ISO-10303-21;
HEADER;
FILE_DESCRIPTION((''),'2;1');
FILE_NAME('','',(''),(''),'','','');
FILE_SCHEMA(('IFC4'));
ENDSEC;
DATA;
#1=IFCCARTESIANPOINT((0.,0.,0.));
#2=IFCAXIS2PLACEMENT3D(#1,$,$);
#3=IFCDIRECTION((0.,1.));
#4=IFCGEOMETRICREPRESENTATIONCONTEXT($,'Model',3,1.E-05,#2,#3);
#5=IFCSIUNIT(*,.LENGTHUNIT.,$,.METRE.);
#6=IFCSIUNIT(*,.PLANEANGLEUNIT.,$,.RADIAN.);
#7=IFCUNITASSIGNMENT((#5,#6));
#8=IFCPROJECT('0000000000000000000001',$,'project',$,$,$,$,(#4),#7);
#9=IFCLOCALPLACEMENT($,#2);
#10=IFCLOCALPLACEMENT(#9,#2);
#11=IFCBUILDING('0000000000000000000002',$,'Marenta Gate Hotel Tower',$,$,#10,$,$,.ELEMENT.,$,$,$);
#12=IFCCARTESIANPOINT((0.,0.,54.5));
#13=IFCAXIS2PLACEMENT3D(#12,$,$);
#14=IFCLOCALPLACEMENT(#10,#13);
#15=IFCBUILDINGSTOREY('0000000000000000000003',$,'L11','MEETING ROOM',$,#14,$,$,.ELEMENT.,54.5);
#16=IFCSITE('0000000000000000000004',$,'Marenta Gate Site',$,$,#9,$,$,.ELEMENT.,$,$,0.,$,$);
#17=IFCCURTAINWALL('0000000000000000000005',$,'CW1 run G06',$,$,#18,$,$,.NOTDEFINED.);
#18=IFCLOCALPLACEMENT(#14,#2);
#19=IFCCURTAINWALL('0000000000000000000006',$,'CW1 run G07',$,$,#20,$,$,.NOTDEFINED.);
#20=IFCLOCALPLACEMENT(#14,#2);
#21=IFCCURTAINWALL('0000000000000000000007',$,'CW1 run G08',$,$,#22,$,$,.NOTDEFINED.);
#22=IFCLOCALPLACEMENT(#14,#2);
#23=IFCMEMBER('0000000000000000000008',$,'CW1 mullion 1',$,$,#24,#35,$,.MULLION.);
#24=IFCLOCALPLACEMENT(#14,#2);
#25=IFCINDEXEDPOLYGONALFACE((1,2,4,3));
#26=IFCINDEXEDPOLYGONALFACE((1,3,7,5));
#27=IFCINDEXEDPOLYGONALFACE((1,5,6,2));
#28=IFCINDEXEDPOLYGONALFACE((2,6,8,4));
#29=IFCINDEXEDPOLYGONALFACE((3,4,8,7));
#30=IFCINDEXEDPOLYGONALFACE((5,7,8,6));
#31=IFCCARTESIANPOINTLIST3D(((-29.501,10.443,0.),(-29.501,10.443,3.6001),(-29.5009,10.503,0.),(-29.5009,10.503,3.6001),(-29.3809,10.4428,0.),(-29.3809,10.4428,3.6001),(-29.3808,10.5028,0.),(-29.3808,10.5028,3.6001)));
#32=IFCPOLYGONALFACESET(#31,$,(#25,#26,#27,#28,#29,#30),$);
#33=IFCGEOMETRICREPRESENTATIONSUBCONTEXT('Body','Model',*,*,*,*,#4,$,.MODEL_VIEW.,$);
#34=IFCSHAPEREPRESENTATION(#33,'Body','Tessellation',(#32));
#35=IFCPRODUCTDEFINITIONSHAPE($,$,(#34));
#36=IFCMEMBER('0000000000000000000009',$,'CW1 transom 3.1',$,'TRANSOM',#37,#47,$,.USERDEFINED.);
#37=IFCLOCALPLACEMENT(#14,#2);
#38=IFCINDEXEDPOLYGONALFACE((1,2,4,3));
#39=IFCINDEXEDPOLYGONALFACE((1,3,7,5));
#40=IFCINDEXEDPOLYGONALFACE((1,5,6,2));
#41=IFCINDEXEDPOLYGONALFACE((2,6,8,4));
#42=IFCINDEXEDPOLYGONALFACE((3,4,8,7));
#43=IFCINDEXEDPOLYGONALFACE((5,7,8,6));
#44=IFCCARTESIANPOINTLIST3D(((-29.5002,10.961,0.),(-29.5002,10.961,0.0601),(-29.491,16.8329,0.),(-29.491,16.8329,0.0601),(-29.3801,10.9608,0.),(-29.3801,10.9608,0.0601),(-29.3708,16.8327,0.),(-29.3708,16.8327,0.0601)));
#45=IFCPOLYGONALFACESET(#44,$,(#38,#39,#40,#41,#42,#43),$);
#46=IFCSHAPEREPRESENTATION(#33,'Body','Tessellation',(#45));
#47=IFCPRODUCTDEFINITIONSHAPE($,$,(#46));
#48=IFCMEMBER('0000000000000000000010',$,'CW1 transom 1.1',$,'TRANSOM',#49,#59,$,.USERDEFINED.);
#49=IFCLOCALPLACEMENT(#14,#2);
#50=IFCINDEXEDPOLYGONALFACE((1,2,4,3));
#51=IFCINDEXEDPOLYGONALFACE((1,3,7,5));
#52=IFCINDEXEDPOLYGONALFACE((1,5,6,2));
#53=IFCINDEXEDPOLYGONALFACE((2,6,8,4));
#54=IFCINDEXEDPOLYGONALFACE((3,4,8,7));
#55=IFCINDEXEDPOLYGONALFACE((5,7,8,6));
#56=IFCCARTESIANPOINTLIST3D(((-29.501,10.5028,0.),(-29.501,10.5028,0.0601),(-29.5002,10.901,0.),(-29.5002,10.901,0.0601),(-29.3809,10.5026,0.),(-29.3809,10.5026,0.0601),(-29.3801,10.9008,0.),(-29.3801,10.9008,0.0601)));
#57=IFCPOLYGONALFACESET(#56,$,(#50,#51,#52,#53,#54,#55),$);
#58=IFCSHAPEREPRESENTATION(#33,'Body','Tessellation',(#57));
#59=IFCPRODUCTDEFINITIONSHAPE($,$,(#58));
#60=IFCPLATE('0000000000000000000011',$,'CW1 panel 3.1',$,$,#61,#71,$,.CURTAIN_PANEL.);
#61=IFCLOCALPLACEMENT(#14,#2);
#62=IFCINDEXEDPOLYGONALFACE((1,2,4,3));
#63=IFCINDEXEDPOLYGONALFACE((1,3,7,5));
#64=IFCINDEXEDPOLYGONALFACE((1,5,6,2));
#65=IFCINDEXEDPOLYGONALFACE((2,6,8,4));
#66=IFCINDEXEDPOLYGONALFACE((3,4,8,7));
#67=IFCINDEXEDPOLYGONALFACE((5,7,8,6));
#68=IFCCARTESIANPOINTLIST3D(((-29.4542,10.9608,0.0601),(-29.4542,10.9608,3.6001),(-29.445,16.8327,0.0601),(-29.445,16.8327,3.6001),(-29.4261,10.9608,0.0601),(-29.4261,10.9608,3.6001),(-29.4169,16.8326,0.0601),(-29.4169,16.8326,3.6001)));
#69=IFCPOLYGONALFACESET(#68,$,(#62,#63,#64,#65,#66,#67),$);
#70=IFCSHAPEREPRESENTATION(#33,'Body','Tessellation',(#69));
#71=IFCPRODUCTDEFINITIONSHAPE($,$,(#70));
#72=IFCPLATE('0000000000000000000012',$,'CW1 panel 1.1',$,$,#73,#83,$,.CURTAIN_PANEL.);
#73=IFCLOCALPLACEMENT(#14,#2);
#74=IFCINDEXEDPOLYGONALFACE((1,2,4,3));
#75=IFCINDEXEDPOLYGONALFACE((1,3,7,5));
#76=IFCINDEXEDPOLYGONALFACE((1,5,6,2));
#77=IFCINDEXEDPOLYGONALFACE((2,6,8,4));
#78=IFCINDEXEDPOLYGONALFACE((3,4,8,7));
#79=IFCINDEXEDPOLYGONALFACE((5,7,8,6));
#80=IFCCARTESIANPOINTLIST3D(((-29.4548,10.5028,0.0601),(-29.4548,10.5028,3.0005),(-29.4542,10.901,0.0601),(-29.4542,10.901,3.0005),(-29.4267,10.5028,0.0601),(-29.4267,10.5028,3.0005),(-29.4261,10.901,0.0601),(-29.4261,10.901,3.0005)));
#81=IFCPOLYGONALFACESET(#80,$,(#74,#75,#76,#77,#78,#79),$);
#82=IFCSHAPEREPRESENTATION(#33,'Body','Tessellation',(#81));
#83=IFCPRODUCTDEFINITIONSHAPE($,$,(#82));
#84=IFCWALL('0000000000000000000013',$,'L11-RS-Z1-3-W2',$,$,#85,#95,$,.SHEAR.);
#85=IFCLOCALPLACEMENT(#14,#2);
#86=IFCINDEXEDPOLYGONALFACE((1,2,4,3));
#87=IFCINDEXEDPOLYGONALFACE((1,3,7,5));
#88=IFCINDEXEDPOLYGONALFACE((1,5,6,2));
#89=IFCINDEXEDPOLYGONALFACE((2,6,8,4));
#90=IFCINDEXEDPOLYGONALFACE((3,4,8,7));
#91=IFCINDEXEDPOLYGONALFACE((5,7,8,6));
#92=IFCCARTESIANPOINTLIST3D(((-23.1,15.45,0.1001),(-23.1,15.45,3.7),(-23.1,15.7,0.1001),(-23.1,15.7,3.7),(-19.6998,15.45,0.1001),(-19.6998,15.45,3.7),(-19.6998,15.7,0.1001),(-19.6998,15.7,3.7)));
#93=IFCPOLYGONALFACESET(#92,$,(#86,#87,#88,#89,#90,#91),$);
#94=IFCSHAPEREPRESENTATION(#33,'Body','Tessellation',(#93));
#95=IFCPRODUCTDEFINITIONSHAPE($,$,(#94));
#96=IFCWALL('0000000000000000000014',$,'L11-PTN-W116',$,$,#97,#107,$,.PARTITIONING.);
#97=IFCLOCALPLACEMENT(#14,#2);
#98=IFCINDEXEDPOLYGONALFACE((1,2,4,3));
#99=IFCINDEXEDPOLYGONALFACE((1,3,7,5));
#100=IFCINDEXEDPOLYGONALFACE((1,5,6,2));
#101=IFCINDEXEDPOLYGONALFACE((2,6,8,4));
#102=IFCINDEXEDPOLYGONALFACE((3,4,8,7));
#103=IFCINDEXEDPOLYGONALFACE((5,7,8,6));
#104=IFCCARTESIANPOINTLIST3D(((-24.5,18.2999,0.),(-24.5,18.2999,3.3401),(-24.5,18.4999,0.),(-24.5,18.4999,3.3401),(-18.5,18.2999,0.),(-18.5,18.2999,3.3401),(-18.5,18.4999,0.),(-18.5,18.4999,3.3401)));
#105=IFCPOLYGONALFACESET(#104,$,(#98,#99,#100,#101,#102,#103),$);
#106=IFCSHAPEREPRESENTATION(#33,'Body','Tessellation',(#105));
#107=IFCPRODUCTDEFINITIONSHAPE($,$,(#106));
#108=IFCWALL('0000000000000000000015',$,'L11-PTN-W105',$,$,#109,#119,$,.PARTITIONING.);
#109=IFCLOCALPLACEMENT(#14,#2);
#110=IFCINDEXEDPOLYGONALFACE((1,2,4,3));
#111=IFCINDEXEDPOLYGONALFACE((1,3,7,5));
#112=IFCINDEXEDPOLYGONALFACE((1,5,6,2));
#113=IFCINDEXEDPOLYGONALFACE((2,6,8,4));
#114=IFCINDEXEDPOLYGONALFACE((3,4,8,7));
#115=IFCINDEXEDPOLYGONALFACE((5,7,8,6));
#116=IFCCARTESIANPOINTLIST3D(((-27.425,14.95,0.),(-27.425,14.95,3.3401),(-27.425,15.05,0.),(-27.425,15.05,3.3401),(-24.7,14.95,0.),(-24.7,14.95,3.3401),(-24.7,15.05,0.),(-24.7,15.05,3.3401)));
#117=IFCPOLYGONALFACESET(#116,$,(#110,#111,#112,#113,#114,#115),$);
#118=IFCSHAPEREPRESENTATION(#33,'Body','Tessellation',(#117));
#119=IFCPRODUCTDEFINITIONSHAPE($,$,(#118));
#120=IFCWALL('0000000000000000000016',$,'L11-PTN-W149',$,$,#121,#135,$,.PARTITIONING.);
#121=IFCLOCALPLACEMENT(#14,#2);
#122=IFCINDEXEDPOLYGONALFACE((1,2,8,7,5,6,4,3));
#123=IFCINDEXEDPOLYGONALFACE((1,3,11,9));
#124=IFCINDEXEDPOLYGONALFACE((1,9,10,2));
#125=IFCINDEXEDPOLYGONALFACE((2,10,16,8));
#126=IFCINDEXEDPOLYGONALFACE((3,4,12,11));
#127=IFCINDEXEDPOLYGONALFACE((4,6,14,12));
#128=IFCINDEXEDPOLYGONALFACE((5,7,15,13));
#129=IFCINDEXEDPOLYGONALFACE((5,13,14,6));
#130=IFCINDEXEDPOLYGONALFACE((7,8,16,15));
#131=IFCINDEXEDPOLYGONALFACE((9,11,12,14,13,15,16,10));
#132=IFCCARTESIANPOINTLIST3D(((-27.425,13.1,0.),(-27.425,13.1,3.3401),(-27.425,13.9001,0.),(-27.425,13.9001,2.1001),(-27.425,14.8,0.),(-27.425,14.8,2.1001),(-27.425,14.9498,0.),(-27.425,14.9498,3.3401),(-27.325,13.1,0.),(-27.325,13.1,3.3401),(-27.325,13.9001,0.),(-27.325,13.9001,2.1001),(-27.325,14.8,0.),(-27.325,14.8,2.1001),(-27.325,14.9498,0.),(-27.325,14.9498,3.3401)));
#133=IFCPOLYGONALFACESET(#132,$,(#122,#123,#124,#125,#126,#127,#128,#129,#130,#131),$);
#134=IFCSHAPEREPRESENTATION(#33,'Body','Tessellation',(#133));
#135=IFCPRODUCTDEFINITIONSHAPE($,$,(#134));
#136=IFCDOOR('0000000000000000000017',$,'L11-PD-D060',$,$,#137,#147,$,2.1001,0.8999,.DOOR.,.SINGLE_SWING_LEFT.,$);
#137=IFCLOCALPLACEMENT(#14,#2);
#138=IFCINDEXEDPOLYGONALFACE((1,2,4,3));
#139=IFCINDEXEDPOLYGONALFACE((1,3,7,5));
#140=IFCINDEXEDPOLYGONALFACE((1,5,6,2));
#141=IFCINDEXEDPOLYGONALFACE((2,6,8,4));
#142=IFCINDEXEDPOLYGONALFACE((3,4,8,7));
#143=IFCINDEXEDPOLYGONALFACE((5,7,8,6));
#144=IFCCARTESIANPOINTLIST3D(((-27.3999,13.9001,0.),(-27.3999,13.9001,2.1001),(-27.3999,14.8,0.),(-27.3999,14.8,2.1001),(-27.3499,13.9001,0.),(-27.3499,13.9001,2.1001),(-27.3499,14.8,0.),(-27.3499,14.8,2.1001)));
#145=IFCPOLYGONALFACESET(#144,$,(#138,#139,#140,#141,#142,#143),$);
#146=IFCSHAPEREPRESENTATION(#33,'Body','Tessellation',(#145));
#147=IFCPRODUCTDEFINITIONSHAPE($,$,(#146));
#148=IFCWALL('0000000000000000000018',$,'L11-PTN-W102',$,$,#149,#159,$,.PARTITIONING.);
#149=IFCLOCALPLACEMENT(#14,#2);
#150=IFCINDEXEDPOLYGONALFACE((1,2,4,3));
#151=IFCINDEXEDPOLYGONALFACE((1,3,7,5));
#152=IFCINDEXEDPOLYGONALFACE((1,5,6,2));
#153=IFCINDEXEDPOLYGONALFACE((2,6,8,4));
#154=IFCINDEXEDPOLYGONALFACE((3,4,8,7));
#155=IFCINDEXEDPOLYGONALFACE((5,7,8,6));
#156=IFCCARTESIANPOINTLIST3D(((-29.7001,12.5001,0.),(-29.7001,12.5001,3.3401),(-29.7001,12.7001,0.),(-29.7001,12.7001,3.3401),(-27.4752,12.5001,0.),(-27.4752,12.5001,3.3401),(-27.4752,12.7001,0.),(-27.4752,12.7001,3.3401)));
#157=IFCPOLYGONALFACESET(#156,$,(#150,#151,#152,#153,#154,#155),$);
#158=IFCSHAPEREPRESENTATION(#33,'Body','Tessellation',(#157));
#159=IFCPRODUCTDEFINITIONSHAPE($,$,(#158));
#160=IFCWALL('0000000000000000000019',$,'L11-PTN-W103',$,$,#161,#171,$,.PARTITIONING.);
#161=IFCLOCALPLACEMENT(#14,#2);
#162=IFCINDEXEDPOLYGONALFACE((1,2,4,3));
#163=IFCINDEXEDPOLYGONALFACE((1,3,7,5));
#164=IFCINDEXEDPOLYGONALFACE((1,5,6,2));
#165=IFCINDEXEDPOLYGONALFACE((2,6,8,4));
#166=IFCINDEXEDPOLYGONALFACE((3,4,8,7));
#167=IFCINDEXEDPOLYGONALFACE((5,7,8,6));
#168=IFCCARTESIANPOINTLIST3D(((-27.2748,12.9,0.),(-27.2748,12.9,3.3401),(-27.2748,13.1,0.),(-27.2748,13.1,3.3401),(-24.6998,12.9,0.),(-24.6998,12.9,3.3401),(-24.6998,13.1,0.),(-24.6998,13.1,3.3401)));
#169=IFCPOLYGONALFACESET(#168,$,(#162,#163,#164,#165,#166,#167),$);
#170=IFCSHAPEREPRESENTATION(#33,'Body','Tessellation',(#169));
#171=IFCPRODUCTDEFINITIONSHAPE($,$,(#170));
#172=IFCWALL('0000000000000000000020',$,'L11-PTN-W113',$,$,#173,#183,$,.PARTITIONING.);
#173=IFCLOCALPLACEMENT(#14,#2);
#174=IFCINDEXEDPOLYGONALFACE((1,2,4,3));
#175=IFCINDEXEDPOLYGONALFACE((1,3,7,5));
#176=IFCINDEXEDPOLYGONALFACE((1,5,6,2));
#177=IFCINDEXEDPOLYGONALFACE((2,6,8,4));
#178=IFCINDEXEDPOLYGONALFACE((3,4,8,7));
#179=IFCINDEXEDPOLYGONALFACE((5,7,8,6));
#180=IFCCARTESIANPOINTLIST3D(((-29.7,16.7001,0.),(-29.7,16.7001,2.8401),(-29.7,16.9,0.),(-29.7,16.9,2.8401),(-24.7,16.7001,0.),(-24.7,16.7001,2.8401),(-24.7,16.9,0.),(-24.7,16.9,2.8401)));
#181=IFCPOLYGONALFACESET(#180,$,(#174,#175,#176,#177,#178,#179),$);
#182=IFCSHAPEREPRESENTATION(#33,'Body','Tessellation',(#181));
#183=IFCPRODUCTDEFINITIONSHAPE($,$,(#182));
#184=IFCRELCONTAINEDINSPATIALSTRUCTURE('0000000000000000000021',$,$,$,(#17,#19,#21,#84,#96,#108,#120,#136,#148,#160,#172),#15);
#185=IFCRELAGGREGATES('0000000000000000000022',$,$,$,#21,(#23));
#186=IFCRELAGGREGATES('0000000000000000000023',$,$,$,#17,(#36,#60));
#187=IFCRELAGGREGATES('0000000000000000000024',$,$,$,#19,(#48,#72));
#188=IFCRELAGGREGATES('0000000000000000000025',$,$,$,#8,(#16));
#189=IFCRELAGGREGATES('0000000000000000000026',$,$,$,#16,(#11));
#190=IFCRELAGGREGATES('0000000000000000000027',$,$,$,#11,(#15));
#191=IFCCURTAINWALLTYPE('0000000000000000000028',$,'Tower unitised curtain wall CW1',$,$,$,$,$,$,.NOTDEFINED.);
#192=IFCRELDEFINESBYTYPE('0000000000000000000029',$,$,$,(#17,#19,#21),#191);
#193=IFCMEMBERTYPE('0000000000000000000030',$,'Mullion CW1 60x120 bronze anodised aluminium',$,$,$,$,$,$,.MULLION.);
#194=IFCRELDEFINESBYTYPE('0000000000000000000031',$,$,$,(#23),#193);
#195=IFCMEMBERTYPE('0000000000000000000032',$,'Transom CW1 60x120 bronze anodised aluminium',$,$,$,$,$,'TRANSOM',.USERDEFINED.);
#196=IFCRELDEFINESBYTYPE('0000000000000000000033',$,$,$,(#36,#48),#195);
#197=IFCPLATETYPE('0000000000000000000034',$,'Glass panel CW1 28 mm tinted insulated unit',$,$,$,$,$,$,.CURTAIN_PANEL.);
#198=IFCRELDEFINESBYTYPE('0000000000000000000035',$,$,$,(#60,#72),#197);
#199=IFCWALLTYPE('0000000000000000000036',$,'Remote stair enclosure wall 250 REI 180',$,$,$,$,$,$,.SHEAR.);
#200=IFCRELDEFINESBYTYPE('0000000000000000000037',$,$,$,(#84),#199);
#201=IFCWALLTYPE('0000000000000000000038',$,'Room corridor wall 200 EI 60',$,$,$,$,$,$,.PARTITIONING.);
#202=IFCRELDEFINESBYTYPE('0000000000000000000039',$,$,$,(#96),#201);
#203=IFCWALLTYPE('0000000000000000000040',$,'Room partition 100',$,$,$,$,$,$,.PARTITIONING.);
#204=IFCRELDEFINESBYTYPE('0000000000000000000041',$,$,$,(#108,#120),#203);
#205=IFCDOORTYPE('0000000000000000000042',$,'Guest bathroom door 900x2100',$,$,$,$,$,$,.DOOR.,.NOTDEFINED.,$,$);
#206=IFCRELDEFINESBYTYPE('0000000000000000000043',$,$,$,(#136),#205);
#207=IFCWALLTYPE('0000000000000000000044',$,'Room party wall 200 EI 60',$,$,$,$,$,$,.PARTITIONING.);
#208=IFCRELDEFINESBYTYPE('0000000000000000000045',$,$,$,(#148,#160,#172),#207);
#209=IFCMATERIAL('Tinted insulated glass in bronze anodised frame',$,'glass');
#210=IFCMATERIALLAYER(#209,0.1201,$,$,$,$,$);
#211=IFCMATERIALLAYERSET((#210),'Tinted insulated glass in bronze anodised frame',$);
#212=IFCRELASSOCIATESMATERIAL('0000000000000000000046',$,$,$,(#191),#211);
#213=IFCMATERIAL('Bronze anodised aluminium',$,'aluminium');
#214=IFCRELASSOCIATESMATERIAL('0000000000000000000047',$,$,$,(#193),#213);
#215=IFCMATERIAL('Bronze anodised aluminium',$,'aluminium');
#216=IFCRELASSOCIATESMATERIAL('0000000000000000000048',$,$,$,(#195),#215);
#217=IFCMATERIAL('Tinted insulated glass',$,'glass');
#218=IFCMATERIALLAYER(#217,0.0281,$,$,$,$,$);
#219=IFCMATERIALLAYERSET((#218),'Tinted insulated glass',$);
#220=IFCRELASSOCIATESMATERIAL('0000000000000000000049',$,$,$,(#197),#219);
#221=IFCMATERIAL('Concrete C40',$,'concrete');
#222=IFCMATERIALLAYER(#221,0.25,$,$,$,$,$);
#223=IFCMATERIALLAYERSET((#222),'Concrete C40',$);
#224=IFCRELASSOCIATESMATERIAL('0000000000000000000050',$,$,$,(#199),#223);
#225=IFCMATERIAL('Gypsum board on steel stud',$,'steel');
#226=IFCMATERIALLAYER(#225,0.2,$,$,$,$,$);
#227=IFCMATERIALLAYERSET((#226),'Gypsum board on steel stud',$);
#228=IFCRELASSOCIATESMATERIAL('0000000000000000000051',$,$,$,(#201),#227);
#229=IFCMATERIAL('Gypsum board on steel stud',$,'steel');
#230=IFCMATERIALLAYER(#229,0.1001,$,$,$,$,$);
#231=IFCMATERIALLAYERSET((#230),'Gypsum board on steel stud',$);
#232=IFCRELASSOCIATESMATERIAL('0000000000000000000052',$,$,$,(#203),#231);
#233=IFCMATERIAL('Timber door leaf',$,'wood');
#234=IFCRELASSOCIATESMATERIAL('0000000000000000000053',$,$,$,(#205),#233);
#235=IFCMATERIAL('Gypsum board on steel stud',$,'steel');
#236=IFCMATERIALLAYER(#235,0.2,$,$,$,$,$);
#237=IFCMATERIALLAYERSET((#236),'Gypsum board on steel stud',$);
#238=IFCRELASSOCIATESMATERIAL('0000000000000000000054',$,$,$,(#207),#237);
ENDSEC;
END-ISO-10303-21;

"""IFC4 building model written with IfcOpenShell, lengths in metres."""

from ifc_helpers import new_model, si_unit, direction, frame, frame_2d, origin, origin_2d, place, context, subcontext, project, spatial, rectangle, extrude, material, layer, layer_set, material_profile, profile_set, type_object, element, fill, aggregate, save


model = new_model("IFC4")

# Units and contexts
model_context = context("Model", 3, precision=1e-05, world=origin(), true_north=direction((0.0, 1.0)))
body_context = subcontext(model_context, "Body", "Model", "MODEL_VIEW")
ifc_project = project(units=[si_unit("LENGTHUNIT", "METRE"), si_unit("PLANEANGLEUNIT", "RADIAN")], contexts=[model_context])

# Site, building, storey
site_placement = place(None, origin())
site = spatial("IfcSite", under=ifc_project, at=site_placement, Name="Marenta Gate Site", CompositionType="ELEMENT", RefElevation=0.0)
building_placement = place(site_placement, origin())
building = spatial("IfcBuilding", under=site, at=building_placement, Name="Marenta Gate Hotel Tower", CompositionType="ELEMENT")
storey_placement = place(building_placement, frame((0.0, 0.0, 54.5)))
storey = spatial("IfcBuildingStorey", under=building, at=storey_placement, Name="L11", Description="MEETING ROOM", CompositionType="ELEMENT", Elevation=54.5)

# Curtain walls, member
ifc_material_1 = material(Name="Tinted insulated glass in bronze anodised frame", Category="glass")
ifc_layer_1 = layer(ifc_material_1, 0.1201)
ifc_layer_set_1 = layer_set([ifc_layer_1], Name="Tinted insulated glass in bronze anodised frame")
curtain_wall_type = type_object("IfcCurtainWallType", Name="Tower unitised curtain wall CW1", PredefinedType="NOTDEFINED", material=ifc_layer_set_1)
curtain_wall_1_placement = place(storey_placement, origin())
curtain_wall_1 = element("IfcCurtainWall", 1, at=curtain_wall_1_placement, inside=storey, type_object=curtain_wall_type, Name="CW1 run G06", PredefinedType="NOTDEFINED")
ifc_material_2 = material(Name="Bronze anodised aluminium", Category="aluminium")
ifc_material_profile_1 = material_profile(ifc_material_2, rectangle(XDim=0.1201, YDim=0.0601, at=origin_2d()), Name="Mullion CW1 60x120 bronze anodised aluminium")
ifc_profile_set_1 = profile_set([ifc_material_profile_1], Name="Bronze anodised aluminium")
member_type_1 = type_object("IfcMemberType", Name="Mullion CW1 60x120 bronze anodised aluminium", PredefinedType="MULLION", material=ifc_profile_set_1)
curtain_wall_2_placement = place(storey_placement, origin())
curtain_wall_2 = element("IfcCurtainWall", 2, at=curtain_wall_2_placement, inside=storey, type_object=curtain_wall_type, Name="CW1 run G07", PredefinedType="NOTDEFINED")
curtain_wall_3_placement = place(storey_placement, origin())
curtain_wall_3 = element("IfcCurtainWall", 3, at=curtain_wall_3_placement, inside=storey, type_object=curtain_wall_type, Name="CW1 run G08", PredefinedType="NOTDEFINED")
member_1_placement = place(storey_placement, frame((-29.4409, 10.4729, 0.0), z_axis=(0.0, 0.0, 1.0), x_axis=(0.999999, -0.001565, 0.0)))
member_1 = element("IfcMember", 4, at=member_1_placement, type_object=member_type_1, Name="CW1 mullion 1", PredefinedType="MULLION", context=body_context, shape_type="SweptSolid", body=[
    extrude(rectangle(XDim=0.1201, YDim=0.0601, at=origin_2d()), origin(), (0.0, 0.0, 1.0), 3.6001),
])
aggregate(curtain_wall_3, [member_1])

# Members
ifc_material_3 = material(Name="Bronze anodised aluminium", Category="aluminium")
ifc_material_profile_2 = material_profile(ifc_material_3, rectangle(XDim=0.1201, YDim=0.0601, at=origin_2d()), Name="Transom CW1 60x120 bronze anodised aluminium")
ifc_profile_set_2 = profile_set([ifc_material_profile_2], Name="Bronze anodised aluminium")
member_type_2 = type_object("IfcMemberType", Name="Transom CW1 60x120 bronze anodised aluminium", ElementType="TRANSOM", PredefinedType="USERDEFINED", material=ifc_profile_set_2)
member_2_placement = place(storey_placement, frame((-29.4309, 16.8328, 0.03), z_axis=(-0.00158, -0.999999, 0.0), x_axis=(0.999999, -0.00158, 0.0)))
member_2 = element("IfcMember", 5, at=member_2_placement, type_object=member_type_2, Name="CW1 transom 3.1", ObjectType="TRANSOM", PredefinedType="USERDEFINED", context=body_context, shape_type="SweptSolid", body=[
    extrude(rectangle(XDim=0.1201, YDim=0.0601, at=origin_2d()), origin(), (0.0, 0.0, 1.0), 5.8718),
])
member_3_placement = place(storey_placement, frame((-29.4402, 10.9009, 0.03), z_axis=(-0.001839, -0.999998, 0.0), x_axis=(0.999998, -0.001839, 0.0)))
member_3 = element("IfcMember", 6, at=member_3_placement, type_object=member_type_2, Name="CW1 transom 1.1", ObjectType="TRANSOM", PredefinedType="USERDEFINED", context=body_context, shape_type="SweptSolid", body=[
    extrude(rectangle(XDim=0.1201, YDim=0.0601, at=origin_2d()), origin(), (0.0, 0.0, 1.0), 0.3982),
])

# Plates
ifc_material_4 = material(Name="Tinted insulated glass", Category="glass")
ifc_layer_2 = layer(ifc_material_4, 0.0281)
ifc_layer_set_2 = layer_set([ifc_layer_2], Name="Tinted insulated glass")
plate_type = type_object("IfcPlateType", Name="Glass panel CW1 28 mm tinted insulated unit", PredefinedType="CURTAIN_PANEL", material=ifc_layer_set_2)
plate_1_placement = place(storey_placement, frame((-29.4355, 13.8967, 0.0601), z_axis=(0.0, 0.0, 1.0), x_axis=(-0.00157, -0.999999, 0.0)))
plate_1 = element("IfcPlate", 7, at=plate_1_placement, type_object=plate_type, Name="CW1 panel 3.1", PredefinedType="CURTAIN_PANEL", context=body_context, shape_type="SweptSolid", body=[
    extrude(rectangle(XDim=5.8718, YDim=0.0281, at=origin_2d()), origin(), (0.0, 0.0, 1.0), 3.54),
])
aggregate(curtain_wall_1, [member_2, plate_1])
plate_2_placement = place(storey_placement, frame((-29.4404, 10.7019, 0.0601), z_axis=(0.0, 0.0, 1.0), x_axis=(-0.001528, -0.999999, 0.0)))
plate_2 = element("IfcPlate", 8, at=plate_2_placement, type_object=plate_type, Name="CW1 panel 1.1", PredefinedType="CURTAIN_PANEL", context=body_context, shape_type="SweptSolid", body=[
    extrude(rectangle(XDim=0.3982, YDim=0.0281, at=origin_2d()), origin(), (0.0, 0.0, 1.0), 2.9404),
])
aggregate(curtain_wall_2, [member_3, plate_2])

# Walls
ifc_material_5 = material(Name="Concrete C40", Category="concrete")
ifc_layer_3 = layer(ifc_material_5, 0.25)
ifc_layer_set_3 = layer_set([ifc_layer_3], Name="Concrete C40")
wall_type_1 = type_object("IfcWallType", Name="Remote stair enclosure wall 250 REI 180", PredefinedType="SHEAR", material=ifc_layer_set_3)
wall_1_placement = place(storey_placement, frame((-23.1001, 15.575, 0.1001), z_axis=(0.0, 0.0, 1.0), x_axis=(1.0, 0.0, 0.0)))
element("IfcWall", 9, at=wall_1_placement, inside=storey, type_object=wall_type_1, Name="L11-RS-Z1-3-W2", PredefinedType="SHEAR", context=body_context, shape_type="SweptSolid", body=[
    extrude(rectangle(XDim=3.4001, YDim=0.25, at=frame_2d((1.7002, 0.0))), origin(), (0.0, 0.0, 1.0), 3.5999),
])
ifc_material_6 = material(Name="Gypsum board on steel stud", Category="steel")
ifc_layer_4 = layer(ifc_material_6, 0.2)
ifc_layer_set_4 = layer_set([ifc_layer_4], Name="Gypsum board on steel stud")
wall_type_2 = type_object("IfcWallType", Name="Room corridor wall 200 EI 60", PredefinedType="PARTITIONING", material=ifc_layer_set_4)
wall_2_placement = place(storey_placement, frame((-24.5, 18.3999, 0.0), z_axis=(0.0, 0.0, 1.0), x_axis=(1.0, 0.0, 0.0)))
element("IfcWall", 10, at=wall_2_placement, inside=storey, type_object=wall_type_2, Name="L11-PTN-W116", PredefinedType="PARTITIONING", context=body_context, shape_type="SweptSolid", body=[
    extrude(rectangle(XDim=6.0, YDim=0.2, at=frame_2d((3.0, 0.0))), origin(), (0.0, 0.0, 1.0), 3.3401),
])
ifc_material_7 = material(Name="Gypsum board on steel stud", Category="steel")
ifc_layer_5 = layer(ifc_material_7, 0.1001)
ifc_layer_set_5 = layer_set([ifc_layer_5], Name="Gypsum board on steel stud")
wall_type_3 = type_object("IfcWallType", Name="Room partition 100", PredefinedType="PARTITIONING", material=ifc_layer_set_5)
wall_3_placement = place(storey_placement, frame((-27.425, 15.0, 0.0), z_axis=(0.0, 0.0, 1.0), x_axis=(1.0, 0.0, 0.0)))
element("IfcWall", 11, at=wall_3_placement, inside=storey, type_object=wall_type_3, Name="L11-PTN-W105", PredefinedType="PARTITIONING", context=body_context, shape_type="SweptSolid", body=[
    extrude(rectangle(XDim=2.7251, YDim=0.1001, at=frame_2d((1.3625, 0.0))), origin(), (0.0, 0.0, 1.0), 3.3401),
])

# Wall, opening, door
wall_4_placement = place(storey_placement, frame((-27.375, 13.1001, 0.0), z_axis=(0.0, 0.0, 1.0), x_axis=(0.0, 1.0, 0.0)))
wall_4 = element("IfcWall", 12, at=wall_4_placement, inside=storey, type_object=wall_type_3, Name="L11-PTN-W149", PredefinedType="PARTITIONING", context=body_context, shape_type="SweptSolid", body=[
    extrude(rectangle(XDim=1.8499, YDim=0.1001, at=frame_2d((0.9248, 0.0))), origin(), (0.0, 0.0, 1.0), 3.3401),
])
opening_placement = place(wall_4_placement, frame((0.8, 0.0, 0.0)))
opening = element("IfcOpeningElement", 13, at=opening_placement, cuts=wall_4, PredefinedType="OPENING", context=body_context, shape_type="SweptSolid", body=[
    extrude(rectangle(XDim=0.8999, YDim=2.1001, at=frame_2d((0.45, 1.05))), frame((0.0, 0.05, 0.0), z_axis=(0.0, -1.0, 0.0), x_axis=(1.0, 0.0, 0.0)), (0.0, 0.0, 1.0), 0.1001),
])
ifc_material_8 = material(Name="Timber door leaf", Category="wood")
door_type = type_object("IfcDoorType", Name="Guest bathroom door 900x2100", OperationType="NOTDEFINED", PredefinedType="DOOR", material=ifc_material_8)
door_placement = place(opening_placement, origin())
door = element("IfcDoor", 14, at=door_placement, inside=storey, type_object=door_type, Name="L11-PD-D060", OperationType="SINGLE_SWING_LEFT", OverallHeight=2.1001, OverallWidth=0.8999, PredefinedType="DOOR", context=body_context, shape_type="SweptSolid", body=[
    extrude(rectangle(XDim=0.8999, YDim=2.1001, at=frame_2d((0.45, 1.05))), frame((0.0, 0.0249, 0.0), z_axis=(0.0, -1.0, 0.0), x_axis=(1.0, 0.0, 0.0)), (0.0, 0.0, 1.0), 0.05),
])
fill(opening, door)

# Walls
ifc_material_9 = material(Name="Gypsum board on steel stud", Category="steel")
ifc_layer_6 = layer(ifc_material_9, 0.2)
ifc_layer_set_6 = layer_set([ifc_layer_6], Name="Gypsum board on steel stud")
wall_type_4 = type_object("IfcWallType", Name="Room party wall 200 EI 60", PredefinedType="PARTITIONING", material=ifc_layer_set_6)
wall_5_placement = place(storey_placement, frame((-29.7, 12.6001, 0.0), z_axis=(0.0, 0.0, 1.0), x_axis=(1.0, 0.0, 0.0)))
element("IfcWall", 15, at=wall_5_placement, inside=storey, type_object=wall_type_4, Name="L11-PTN-W102", PredefinedType="PARTITIONING", context=body_context, shape_type="SweptSolid", body=[
    extrude(rectangle(XDim=2.2249, YDim=0.2, at=frame_2d((1.1123, 0.0))), origin(), (0.0, 0.0, 1.0), 3.3401),
])
wall_6_placement = place(storey_placement, frame((-27.2749, 13.0, 0.0), z_axis=(0.0, 0.0, 1.0), x_axis=(1.0, 0.0, 0.0)))
element("IfcWall", 16, at=wall_6_placement, inside=storey, type_object=wall_type_4, Name="L11-PTN-W103", PredefinedType="PARTITIONING", context=body_context, shape_type="SweptSolid", body=[
    extrude(rectangle(XDim=2.575, YDim=0.2, at=frame_2d((1.2876, 0.0))), origin(), (0.0, 0.0, 1.0), 3.3401),
])
wall_7_placement = place(storey_placement, frame((-29.7, 16.8, 0.0), z_axis=(0.0, 0.0, 1.0), x_axis=(1.0, 0.0, 0.0)))
element("IfcWall", 17, at=wall_7_placement, inside=storey, type_object=wall_type_4, Name="L11-PTN-W113", PredefinedType="PARTITIONING", context=body_context, shape_type="SweptSolid", body=[
    extrude(rectangle(XDim=5.0, YDim=0.2, at=frame_2d((2.5, 0.0))), origin(), (0.0, 0.0, 1.0), 2.8401),
])

save(model, "model.ifc")
